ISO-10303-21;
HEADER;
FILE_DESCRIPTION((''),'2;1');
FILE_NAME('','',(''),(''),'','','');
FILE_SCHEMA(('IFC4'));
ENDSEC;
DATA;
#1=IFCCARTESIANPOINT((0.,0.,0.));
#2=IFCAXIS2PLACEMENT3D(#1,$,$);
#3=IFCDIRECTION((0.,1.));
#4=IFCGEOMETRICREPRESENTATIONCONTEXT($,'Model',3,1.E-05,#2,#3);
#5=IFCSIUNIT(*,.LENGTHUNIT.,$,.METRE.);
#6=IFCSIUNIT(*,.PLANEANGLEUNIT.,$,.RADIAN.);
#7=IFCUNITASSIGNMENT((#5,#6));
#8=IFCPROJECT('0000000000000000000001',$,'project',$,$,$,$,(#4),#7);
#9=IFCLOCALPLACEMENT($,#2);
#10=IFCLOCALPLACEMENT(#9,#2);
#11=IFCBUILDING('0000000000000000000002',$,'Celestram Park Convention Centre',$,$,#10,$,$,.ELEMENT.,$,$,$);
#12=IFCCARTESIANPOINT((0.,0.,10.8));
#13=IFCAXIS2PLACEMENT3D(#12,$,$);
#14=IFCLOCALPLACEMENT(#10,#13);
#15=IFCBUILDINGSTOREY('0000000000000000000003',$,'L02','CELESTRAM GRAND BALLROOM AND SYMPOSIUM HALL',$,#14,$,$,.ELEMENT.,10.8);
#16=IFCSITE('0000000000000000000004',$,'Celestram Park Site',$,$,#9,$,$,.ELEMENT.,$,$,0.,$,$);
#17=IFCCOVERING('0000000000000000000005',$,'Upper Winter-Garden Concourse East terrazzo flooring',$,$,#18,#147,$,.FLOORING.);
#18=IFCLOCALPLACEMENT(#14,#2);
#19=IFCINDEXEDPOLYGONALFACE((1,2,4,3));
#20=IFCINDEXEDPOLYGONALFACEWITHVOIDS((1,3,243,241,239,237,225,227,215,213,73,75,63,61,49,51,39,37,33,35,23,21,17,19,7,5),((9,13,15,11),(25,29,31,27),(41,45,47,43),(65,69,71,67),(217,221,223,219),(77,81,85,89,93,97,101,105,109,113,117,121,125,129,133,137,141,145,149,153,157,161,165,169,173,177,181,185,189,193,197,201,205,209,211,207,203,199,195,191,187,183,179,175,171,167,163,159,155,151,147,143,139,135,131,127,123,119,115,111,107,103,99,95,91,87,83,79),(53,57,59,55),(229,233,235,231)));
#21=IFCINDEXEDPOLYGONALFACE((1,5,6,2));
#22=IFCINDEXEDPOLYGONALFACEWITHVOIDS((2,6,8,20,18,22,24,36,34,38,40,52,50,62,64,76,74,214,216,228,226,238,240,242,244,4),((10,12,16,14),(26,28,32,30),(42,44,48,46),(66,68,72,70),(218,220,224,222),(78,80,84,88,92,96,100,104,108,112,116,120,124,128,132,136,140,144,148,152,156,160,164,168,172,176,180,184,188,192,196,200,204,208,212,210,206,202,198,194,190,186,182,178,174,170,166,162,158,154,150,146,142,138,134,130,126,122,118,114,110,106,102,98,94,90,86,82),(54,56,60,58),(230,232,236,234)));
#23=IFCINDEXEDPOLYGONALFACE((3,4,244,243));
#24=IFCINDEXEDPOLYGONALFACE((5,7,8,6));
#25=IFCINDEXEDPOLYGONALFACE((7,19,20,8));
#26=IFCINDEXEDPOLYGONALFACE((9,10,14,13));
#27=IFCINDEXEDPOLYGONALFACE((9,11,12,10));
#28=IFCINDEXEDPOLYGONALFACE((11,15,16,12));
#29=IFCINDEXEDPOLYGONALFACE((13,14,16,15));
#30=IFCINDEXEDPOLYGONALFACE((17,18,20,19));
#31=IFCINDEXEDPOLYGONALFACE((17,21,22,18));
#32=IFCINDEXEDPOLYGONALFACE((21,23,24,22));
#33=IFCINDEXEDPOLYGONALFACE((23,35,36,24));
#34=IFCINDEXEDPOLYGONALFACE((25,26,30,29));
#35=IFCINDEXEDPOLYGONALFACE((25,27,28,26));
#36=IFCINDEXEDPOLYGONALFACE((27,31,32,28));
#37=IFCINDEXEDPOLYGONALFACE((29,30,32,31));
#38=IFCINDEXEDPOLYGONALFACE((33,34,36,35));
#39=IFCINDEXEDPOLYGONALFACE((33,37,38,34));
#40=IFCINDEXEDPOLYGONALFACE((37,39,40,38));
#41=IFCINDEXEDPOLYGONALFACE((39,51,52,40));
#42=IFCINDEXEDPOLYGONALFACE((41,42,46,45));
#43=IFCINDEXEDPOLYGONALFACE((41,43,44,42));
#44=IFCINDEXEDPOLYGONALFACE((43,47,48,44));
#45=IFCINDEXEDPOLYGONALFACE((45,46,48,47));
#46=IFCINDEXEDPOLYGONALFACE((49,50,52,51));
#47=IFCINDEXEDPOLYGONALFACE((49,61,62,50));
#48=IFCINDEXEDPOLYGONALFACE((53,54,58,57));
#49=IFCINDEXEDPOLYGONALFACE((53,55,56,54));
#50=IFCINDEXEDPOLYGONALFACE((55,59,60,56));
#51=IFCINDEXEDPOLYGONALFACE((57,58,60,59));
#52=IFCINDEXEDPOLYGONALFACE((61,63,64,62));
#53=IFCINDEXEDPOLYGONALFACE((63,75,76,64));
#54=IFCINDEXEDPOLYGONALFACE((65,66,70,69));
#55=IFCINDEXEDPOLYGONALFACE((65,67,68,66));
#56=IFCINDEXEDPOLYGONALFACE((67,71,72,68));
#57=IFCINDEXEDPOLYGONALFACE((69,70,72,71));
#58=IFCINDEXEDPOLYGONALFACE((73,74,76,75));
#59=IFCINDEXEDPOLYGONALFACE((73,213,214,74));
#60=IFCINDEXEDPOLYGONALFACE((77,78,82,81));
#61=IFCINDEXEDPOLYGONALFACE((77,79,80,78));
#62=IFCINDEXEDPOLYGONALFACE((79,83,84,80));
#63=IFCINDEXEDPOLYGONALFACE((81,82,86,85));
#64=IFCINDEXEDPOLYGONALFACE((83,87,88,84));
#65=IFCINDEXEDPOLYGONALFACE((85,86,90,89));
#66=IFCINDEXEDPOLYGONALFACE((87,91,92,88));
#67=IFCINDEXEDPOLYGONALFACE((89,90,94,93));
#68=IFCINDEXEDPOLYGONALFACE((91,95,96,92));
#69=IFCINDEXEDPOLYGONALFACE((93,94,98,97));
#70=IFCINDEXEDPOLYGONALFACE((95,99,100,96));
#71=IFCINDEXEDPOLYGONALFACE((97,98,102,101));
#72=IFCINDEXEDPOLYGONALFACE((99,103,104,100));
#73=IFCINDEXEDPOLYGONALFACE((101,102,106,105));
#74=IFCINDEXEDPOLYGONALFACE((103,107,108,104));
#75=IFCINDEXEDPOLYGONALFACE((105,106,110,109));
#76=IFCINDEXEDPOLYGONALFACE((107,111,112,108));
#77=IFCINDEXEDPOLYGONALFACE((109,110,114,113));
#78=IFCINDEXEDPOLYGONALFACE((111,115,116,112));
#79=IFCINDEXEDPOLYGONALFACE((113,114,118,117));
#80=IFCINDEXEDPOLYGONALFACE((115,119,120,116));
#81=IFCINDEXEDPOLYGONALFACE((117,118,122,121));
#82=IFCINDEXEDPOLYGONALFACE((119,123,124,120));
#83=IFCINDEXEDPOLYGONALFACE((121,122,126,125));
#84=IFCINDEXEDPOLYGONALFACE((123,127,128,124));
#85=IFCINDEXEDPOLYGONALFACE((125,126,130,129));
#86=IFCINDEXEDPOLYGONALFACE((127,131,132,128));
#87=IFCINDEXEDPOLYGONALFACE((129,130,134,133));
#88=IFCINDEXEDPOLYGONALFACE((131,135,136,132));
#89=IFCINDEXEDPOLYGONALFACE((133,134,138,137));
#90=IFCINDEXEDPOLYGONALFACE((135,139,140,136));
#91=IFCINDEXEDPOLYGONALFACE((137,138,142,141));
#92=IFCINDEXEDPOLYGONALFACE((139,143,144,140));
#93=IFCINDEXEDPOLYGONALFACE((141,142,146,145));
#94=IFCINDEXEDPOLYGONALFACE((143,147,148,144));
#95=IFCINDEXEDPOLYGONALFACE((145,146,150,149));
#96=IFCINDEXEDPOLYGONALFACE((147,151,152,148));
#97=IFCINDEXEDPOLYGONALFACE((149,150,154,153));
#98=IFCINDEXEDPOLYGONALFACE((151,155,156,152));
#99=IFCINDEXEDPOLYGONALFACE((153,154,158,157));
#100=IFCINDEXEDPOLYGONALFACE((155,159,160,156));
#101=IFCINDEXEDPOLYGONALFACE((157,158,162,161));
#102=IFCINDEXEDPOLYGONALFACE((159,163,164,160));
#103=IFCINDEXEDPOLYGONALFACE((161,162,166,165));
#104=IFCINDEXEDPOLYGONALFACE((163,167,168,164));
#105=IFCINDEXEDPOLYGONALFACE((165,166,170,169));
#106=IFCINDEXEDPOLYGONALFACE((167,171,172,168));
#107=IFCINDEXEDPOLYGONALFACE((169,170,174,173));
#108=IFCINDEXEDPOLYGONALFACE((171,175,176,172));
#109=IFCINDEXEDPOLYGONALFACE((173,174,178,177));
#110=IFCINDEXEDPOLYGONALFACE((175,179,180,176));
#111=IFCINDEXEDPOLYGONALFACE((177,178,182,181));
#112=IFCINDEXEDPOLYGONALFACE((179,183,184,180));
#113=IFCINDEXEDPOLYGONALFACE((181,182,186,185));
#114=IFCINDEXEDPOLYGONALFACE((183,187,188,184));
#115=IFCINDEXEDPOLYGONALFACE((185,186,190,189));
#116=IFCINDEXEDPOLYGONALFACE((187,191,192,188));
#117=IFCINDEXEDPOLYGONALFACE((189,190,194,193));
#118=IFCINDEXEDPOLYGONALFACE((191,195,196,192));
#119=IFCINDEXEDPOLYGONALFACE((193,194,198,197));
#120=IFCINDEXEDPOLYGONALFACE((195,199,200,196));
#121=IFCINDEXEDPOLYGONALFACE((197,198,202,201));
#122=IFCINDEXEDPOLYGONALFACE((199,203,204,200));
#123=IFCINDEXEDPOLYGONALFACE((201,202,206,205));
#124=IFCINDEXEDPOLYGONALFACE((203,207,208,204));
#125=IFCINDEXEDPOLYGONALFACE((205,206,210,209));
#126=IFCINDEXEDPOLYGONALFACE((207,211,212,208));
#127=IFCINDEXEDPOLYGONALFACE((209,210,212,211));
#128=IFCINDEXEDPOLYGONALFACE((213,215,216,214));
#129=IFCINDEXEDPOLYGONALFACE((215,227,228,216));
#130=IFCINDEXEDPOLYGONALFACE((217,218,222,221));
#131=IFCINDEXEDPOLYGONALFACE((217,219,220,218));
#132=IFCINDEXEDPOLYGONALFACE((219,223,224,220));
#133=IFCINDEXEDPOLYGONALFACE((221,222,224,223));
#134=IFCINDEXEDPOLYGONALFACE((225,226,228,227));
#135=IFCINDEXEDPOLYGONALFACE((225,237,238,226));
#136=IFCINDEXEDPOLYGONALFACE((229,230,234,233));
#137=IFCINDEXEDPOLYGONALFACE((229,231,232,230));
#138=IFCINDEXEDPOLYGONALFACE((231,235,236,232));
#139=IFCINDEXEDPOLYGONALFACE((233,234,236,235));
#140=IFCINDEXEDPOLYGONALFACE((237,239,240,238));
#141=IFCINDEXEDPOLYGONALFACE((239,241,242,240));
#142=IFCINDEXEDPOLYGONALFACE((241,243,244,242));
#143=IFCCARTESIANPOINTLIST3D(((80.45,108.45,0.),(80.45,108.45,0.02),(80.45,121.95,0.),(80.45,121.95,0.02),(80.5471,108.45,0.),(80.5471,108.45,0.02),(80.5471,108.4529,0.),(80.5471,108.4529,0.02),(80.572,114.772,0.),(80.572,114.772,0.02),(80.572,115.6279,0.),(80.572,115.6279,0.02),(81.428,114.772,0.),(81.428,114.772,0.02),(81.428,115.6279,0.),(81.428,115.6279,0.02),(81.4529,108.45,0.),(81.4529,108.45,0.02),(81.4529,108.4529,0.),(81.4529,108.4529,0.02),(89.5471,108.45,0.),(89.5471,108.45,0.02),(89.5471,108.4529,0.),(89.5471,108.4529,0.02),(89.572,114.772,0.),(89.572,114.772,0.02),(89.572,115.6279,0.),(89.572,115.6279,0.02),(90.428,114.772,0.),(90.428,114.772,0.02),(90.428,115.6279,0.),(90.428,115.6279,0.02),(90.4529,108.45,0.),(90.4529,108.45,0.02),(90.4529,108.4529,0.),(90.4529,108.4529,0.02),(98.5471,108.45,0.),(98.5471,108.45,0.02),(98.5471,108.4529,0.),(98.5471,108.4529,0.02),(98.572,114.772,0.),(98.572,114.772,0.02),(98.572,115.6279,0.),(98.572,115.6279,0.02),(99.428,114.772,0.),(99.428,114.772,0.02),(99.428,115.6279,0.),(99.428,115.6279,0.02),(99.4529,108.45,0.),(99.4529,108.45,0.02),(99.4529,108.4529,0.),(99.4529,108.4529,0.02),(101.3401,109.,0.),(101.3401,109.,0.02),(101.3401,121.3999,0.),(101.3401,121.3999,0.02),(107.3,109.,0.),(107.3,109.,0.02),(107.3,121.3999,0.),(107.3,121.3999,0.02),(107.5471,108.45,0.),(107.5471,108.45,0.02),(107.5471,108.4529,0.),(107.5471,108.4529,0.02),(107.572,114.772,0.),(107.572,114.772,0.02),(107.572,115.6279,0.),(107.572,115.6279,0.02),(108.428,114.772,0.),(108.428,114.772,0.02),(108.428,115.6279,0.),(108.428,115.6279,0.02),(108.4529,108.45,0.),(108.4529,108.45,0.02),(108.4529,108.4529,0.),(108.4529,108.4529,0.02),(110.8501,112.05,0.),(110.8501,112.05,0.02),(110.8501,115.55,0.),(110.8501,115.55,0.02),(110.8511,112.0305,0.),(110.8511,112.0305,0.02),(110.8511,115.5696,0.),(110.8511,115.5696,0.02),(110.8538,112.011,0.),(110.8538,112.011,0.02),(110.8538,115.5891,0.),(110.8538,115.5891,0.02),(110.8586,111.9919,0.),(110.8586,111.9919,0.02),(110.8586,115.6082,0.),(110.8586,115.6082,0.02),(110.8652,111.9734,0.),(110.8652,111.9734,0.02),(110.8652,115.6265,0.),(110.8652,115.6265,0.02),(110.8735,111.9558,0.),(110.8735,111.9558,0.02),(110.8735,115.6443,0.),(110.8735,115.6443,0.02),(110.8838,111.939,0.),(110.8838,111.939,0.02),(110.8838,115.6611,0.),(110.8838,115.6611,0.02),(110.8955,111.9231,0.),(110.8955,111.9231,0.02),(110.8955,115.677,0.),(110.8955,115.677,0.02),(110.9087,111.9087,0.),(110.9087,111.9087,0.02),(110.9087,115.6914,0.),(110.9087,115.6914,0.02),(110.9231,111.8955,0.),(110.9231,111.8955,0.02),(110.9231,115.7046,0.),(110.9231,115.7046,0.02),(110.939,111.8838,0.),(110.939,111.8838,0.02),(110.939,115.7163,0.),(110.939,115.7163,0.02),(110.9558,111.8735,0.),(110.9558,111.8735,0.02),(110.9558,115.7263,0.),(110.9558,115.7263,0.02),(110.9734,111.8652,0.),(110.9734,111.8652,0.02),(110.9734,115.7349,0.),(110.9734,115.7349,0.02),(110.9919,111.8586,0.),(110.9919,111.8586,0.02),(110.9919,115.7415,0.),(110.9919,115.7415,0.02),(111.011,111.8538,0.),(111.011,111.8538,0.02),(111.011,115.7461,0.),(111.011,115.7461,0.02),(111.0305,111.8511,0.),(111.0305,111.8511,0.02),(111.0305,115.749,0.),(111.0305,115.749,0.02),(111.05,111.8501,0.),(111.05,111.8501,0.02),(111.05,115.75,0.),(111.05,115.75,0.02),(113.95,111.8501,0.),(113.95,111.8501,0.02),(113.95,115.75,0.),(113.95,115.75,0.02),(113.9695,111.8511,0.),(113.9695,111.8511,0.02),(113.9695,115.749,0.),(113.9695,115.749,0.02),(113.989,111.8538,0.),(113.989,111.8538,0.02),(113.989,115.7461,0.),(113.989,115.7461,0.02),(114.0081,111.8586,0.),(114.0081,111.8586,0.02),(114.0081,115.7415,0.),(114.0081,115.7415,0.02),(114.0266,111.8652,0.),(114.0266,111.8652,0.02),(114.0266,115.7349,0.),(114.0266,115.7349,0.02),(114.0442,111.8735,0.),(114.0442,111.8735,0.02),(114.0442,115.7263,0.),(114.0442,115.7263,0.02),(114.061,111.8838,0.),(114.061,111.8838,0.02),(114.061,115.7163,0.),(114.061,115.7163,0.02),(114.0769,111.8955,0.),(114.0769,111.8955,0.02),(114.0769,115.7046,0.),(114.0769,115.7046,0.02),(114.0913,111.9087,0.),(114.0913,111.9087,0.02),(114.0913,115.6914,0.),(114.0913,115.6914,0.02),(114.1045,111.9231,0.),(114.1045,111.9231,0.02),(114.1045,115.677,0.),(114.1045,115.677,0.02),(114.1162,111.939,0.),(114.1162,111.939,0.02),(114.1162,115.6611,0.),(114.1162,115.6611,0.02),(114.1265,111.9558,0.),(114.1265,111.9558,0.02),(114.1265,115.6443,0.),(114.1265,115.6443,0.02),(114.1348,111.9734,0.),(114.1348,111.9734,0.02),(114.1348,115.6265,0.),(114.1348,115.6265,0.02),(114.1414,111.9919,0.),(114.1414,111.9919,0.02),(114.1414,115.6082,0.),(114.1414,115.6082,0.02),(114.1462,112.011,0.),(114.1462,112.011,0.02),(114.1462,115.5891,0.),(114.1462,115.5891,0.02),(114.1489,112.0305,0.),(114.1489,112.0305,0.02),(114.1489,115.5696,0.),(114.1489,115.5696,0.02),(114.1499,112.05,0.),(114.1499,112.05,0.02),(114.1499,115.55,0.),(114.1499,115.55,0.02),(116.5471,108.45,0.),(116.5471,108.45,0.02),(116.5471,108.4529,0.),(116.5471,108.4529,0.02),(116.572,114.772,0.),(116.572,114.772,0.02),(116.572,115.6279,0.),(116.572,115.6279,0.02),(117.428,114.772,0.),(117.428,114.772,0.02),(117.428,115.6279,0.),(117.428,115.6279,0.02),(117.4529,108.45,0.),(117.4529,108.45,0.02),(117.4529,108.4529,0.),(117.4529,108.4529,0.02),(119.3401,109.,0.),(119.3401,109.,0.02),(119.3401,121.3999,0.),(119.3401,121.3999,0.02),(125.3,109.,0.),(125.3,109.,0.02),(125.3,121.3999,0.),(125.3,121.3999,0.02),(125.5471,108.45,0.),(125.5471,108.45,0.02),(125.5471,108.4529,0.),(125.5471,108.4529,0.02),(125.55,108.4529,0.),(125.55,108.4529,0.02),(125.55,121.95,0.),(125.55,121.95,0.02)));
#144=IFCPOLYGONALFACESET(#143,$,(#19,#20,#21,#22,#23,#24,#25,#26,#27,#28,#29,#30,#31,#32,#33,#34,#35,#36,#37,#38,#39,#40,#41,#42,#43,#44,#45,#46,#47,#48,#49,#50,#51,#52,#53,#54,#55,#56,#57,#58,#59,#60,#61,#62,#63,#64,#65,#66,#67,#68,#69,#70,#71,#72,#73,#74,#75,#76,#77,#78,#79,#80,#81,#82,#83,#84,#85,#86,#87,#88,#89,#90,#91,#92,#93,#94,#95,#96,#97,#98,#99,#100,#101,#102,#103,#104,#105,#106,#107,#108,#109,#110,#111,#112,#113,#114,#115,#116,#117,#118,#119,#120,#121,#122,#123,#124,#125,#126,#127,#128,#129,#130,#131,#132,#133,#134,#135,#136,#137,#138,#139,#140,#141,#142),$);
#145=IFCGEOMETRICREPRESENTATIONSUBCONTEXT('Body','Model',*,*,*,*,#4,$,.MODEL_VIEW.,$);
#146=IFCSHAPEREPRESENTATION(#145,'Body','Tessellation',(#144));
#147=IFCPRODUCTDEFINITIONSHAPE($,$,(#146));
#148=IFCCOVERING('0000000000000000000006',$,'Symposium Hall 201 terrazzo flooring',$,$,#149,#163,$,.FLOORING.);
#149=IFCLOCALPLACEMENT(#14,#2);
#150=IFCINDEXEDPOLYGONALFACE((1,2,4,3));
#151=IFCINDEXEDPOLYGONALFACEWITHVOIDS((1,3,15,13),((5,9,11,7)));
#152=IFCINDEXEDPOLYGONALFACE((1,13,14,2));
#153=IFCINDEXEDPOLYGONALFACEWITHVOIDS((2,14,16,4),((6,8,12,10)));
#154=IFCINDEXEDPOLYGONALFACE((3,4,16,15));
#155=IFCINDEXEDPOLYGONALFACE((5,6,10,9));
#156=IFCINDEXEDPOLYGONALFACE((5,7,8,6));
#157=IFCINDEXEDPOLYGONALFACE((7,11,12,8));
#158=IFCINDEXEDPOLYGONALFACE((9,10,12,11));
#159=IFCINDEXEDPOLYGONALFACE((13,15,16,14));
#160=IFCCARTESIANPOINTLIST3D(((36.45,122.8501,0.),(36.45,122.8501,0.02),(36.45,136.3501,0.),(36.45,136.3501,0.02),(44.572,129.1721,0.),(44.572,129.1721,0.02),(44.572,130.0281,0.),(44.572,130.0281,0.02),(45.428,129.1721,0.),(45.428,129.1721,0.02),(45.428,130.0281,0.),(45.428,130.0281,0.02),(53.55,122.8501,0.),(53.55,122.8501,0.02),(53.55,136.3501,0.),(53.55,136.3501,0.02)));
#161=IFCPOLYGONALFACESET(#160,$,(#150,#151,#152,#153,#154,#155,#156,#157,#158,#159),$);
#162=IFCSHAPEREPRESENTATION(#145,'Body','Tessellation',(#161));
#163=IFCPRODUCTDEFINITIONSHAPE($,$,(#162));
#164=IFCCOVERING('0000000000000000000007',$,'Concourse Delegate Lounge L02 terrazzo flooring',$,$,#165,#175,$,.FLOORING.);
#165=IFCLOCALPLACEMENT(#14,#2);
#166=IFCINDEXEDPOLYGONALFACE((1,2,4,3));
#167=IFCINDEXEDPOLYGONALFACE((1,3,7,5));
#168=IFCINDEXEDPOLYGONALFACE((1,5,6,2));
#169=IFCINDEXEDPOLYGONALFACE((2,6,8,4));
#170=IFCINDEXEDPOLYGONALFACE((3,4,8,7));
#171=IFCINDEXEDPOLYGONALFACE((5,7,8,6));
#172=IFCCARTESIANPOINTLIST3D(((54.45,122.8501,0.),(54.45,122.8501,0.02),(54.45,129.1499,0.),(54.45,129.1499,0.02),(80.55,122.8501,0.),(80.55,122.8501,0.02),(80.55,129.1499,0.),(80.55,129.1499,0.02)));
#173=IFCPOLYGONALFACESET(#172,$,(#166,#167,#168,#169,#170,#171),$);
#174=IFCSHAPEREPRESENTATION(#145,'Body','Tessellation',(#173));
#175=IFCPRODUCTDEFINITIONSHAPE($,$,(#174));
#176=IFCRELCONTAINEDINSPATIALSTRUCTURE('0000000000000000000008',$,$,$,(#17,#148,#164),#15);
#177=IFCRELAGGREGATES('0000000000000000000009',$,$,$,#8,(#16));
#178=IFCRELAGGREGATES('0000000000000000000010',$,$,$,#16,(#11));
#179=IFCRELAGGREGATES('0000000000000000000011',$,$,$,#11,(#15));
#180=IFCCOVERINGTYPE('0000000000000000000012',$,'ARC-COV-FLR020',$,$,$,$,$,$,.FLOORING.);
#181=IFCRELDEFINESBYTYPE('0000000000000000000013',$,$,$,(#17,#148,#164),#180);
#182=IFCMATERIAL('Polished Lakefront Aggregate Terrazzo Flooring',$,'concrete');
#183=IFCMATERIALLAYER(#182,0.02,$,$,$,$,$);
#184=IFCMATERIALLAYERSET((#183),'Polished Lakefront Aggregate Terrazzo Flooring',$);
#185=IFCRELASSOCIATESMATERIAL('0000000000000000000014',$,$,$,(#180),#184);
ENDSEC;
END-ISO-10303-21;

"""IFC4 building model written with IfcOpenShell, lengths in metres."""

from ifc_helpers import new_model, si_unit, direction, frame, origin, place, context, subcontext, project, spatial, polyline, outline, extrude, material, layer, layer_set, type_object, element, save


model = new_model("IFC4")

# Units and contexts
model_context = context("Model", 3, precision=1e-05, world=origin(), true_north=direction((0.0, 1.0)))
body_context = subcontext(model_context, "Body", "Model", "MODEL_VIEW")
ifc_project = project(units=[si_unit("LENGTHUNIT", "METRE"), si_unit("PLANEANGLEUNIT", "RADIAN")], contexts=[model_context])

# Site, building, storey
site_placement = place(None, origin())
site = spatial("IfcSite", under=ifc_project, at=site_placement, Name="Celestram Park Site", CompositionType="ELEMENT", RefElevation=0.0)
building_placement = place(site_placement, origin())
building = spatial("IfcBuilding", under=site, at=building_placement, Name="Celestram Park Convention Centre", CompositionType="ELEMENT")
storey_placement = place(building_placement, frame((0.0, 0.0, 10.8)))
storey = spatial("IfcBuildingStorey", under=building, at=storey_placement, Name="L02", Description="CELESTRAM GRAND BALLROOM AND SYMPOSIUM HALL", CompositionType="ELEMENT", Elevation=10.8)

# Coverings
ifc_material_1 = material(Name="Polished Lakefront Aggregate Terrazzo Flooring", Category="concrete")
ifc_layer_1 = layer(ifc_material_1, 0.02)
ifc_layer_set_1 = layer_set([ifc_layer_1], Name="Polished Lakefront Aggregate Terrazzo Flooring")
covering_type_1 = type_object("IfcCoveringType", Name="ARC-COV-FLR020", PredefinedType="FLOORING", material=ifc_layer_set_1)
covering_1_placement = place(storey_placement, origin())
element("IfcCovering", 1, at=covering_1_placement, inside=storey, type_object=covering_type_1, Name="Upper Winter-Garden Concourse East terrazzo flooring", PredefinedType="FLOORING", context=body_context, shape_type="SweptSolid", body=[
    extrude(outline(polyline([(125.55, 121.95), (125.55, 108.4529), (125.5471, 108.4529), (125.5471, 108.45), (117.4529, 108.45), (117.4529, 108.4529), (116.5471, 108.4529), (116.5471, 108.45), (108.4529, 108.45), (108.4529, 108.4529), (107.5471, 108.4529), (107.5471, 108.45), (99.4529, 108.45), (99.4529, 108.4529), (98.5471, 108.4529), (98.5471, 108.45), (90.4529, 108.45), (90.4529, 108.4529), (89.5471, 108.4529), (89.5471, 108.45), (81.4529, 108.45), (81.4529, 108.4529), (80.5471, 108.4529), (80.5471, 108.45), (80.45, 108.45), (80.45, 121.95), (125.55, 121.95)]), holes=[polyline([(110.8586, 111.9919), (110.8652, 111.9734), (110.8735, 111.9558), (110.8838, 111.939), (110.8955, 111.9231), (110.9087, 111.9087), (110.9231, 111.8955), (110.939, 111.8838), (110.9558, 111.8735), (110.9734, 111.8652), (110.9919, 111.8586), (111.011, 111.8538), (111.0305, 111.8511), (111.05, 111.8501), (113.95, 111.8501), (113.9695, 111.8511), (113.989, 111.8538), (114.0081, 111.8586), (114.0266, 111.8652), (114.0442, 111.8735), (114.061, 111.8838), (114.0769, 111.8955), (114.0913, 111.9087), (114.1045, 111.9231), (114.1162, 111.939), (114.1265, 111.9558), (114.1348, 111.9734), (114.1414, 111.9919), (114.1462, 112.011), (114.1489, 112.0305), (114.1499, 112.05), (114.1499, 115.55), (114.1489, 115.5696), (114.1462, 115.5891), (114.1414, 115.6082), (114.1348, 115.6265), (114.1265, 115.6443), (114.1162, 115.6611), (114.1045, 115.677), (114.0913, 115.6914), (114.0769, 115.7046), (114.061, 115.7163), (114.0442, 115.7263), (114.0266, 115.7349), (114.0081, 115.7415), (113.989, 115.7461), (113.9695, 115.749), (113.95, 115.75), (111.05, 115.75), (111.0305, 115.749), (111.011, 115.7461), (110.9919, 115.7415), (110.9734, 115.7349), (110.9558, 115.7263), (110.939, 115.7163), (110.9231, 115.7046), (110.9087, 115.6914), (110.8955, 115.677), (110.8838, 115.6611), (110.8735, 115.6443), (110.8652, 115.6265), (110.8586, 115.6082), (110.8538, 115.5891), (110.8511, 115.5696), (110.8501, 115.55), (110.8501, 112.05), (110.8511, 112.0305), (110.8538, 112.011), (110.8586, 111.9919)]), polyline([(107.3, 121.3999), (101.3401, 121.3999), (101.3401, 109.0), (107.3, 109.0), (107.3, 121.3999)]), polyline([(125.3, 121.3999), (119.3401, 121.3999), (119.3401, 109.0), (125.3, 109.0), (125.3, 121.3999)]), polyline([(99.428, 115.6279), (98.572, 115.6279), (98.572, 114.772), (99.428, 114.772), (99.428, 115.6279)]), polyline([(80.572, 115.6279), (80.572, 114.772), (81.428, 114.772), (81.428, 115.6279), (80.572, 115.6279)]), polyline([(90.428, 115.6279), (89.572, 115.6279), (89.572, 114.772), (90.428, 114.772), (90.428, 115.6279)]), polyline([(117.428, 115.6279), (116.572, 115.6279), (116.572, 114.772), (117.428, 114.772), (117.428, 115.6279)]), polyline([(108.428, 115.6279), (107.572, 115.6279), (107.572, 114.772), (108.428, 114.772), (108.428, 115.6279)])]), origin(), (0.0, 0.0, 1.0), 0.02),
])
covering_2_placement = place(storey_placement, origin())
element("IfcCovering", 2, at=covering_2_placement, inside=storey, type_object=covering_type_1, Name="Symposium Hall 201 terrazzo flooring", PredefinedType="FLOORING", context=body_context, shape_type="SweptSolid", body=[
    extrude(outline(polyline([(53.55, 136.3501), (53.55, 122.8501), (36.45, 122.8501), (36.45, 136.3501), (53.55, 136.3501)]), holes=[polyline([(45.428, 130.0281), (44.572, 130.0281), (44.572, 129.1721), (45.428, 129.1721), (45.428, 130.0281)])]), origin(), (0.0, 0.0, 1.0), 0.02),
])
covering_3_placement = place(storey_placement, origin())
element("IfcCovering", 3, at=covering_3_placement, inside=storey, type_object=covering_type_1, Name="Concourse Delegate Lounge L02 terrazzo flooring", PredefinedType="FLOORING", context=body_context, shape_type="SweptSolid", body=[
    extrude(outline(polyline([(80.55, 129.1499), (80.55, 122.8501), (54.45, 122.8501), (54.45, 129.1499), (80.55, 129.1499)])), origin(), (0.0, 0.0, 1.0), 0.02),
])

save(model, "model.ifc")
